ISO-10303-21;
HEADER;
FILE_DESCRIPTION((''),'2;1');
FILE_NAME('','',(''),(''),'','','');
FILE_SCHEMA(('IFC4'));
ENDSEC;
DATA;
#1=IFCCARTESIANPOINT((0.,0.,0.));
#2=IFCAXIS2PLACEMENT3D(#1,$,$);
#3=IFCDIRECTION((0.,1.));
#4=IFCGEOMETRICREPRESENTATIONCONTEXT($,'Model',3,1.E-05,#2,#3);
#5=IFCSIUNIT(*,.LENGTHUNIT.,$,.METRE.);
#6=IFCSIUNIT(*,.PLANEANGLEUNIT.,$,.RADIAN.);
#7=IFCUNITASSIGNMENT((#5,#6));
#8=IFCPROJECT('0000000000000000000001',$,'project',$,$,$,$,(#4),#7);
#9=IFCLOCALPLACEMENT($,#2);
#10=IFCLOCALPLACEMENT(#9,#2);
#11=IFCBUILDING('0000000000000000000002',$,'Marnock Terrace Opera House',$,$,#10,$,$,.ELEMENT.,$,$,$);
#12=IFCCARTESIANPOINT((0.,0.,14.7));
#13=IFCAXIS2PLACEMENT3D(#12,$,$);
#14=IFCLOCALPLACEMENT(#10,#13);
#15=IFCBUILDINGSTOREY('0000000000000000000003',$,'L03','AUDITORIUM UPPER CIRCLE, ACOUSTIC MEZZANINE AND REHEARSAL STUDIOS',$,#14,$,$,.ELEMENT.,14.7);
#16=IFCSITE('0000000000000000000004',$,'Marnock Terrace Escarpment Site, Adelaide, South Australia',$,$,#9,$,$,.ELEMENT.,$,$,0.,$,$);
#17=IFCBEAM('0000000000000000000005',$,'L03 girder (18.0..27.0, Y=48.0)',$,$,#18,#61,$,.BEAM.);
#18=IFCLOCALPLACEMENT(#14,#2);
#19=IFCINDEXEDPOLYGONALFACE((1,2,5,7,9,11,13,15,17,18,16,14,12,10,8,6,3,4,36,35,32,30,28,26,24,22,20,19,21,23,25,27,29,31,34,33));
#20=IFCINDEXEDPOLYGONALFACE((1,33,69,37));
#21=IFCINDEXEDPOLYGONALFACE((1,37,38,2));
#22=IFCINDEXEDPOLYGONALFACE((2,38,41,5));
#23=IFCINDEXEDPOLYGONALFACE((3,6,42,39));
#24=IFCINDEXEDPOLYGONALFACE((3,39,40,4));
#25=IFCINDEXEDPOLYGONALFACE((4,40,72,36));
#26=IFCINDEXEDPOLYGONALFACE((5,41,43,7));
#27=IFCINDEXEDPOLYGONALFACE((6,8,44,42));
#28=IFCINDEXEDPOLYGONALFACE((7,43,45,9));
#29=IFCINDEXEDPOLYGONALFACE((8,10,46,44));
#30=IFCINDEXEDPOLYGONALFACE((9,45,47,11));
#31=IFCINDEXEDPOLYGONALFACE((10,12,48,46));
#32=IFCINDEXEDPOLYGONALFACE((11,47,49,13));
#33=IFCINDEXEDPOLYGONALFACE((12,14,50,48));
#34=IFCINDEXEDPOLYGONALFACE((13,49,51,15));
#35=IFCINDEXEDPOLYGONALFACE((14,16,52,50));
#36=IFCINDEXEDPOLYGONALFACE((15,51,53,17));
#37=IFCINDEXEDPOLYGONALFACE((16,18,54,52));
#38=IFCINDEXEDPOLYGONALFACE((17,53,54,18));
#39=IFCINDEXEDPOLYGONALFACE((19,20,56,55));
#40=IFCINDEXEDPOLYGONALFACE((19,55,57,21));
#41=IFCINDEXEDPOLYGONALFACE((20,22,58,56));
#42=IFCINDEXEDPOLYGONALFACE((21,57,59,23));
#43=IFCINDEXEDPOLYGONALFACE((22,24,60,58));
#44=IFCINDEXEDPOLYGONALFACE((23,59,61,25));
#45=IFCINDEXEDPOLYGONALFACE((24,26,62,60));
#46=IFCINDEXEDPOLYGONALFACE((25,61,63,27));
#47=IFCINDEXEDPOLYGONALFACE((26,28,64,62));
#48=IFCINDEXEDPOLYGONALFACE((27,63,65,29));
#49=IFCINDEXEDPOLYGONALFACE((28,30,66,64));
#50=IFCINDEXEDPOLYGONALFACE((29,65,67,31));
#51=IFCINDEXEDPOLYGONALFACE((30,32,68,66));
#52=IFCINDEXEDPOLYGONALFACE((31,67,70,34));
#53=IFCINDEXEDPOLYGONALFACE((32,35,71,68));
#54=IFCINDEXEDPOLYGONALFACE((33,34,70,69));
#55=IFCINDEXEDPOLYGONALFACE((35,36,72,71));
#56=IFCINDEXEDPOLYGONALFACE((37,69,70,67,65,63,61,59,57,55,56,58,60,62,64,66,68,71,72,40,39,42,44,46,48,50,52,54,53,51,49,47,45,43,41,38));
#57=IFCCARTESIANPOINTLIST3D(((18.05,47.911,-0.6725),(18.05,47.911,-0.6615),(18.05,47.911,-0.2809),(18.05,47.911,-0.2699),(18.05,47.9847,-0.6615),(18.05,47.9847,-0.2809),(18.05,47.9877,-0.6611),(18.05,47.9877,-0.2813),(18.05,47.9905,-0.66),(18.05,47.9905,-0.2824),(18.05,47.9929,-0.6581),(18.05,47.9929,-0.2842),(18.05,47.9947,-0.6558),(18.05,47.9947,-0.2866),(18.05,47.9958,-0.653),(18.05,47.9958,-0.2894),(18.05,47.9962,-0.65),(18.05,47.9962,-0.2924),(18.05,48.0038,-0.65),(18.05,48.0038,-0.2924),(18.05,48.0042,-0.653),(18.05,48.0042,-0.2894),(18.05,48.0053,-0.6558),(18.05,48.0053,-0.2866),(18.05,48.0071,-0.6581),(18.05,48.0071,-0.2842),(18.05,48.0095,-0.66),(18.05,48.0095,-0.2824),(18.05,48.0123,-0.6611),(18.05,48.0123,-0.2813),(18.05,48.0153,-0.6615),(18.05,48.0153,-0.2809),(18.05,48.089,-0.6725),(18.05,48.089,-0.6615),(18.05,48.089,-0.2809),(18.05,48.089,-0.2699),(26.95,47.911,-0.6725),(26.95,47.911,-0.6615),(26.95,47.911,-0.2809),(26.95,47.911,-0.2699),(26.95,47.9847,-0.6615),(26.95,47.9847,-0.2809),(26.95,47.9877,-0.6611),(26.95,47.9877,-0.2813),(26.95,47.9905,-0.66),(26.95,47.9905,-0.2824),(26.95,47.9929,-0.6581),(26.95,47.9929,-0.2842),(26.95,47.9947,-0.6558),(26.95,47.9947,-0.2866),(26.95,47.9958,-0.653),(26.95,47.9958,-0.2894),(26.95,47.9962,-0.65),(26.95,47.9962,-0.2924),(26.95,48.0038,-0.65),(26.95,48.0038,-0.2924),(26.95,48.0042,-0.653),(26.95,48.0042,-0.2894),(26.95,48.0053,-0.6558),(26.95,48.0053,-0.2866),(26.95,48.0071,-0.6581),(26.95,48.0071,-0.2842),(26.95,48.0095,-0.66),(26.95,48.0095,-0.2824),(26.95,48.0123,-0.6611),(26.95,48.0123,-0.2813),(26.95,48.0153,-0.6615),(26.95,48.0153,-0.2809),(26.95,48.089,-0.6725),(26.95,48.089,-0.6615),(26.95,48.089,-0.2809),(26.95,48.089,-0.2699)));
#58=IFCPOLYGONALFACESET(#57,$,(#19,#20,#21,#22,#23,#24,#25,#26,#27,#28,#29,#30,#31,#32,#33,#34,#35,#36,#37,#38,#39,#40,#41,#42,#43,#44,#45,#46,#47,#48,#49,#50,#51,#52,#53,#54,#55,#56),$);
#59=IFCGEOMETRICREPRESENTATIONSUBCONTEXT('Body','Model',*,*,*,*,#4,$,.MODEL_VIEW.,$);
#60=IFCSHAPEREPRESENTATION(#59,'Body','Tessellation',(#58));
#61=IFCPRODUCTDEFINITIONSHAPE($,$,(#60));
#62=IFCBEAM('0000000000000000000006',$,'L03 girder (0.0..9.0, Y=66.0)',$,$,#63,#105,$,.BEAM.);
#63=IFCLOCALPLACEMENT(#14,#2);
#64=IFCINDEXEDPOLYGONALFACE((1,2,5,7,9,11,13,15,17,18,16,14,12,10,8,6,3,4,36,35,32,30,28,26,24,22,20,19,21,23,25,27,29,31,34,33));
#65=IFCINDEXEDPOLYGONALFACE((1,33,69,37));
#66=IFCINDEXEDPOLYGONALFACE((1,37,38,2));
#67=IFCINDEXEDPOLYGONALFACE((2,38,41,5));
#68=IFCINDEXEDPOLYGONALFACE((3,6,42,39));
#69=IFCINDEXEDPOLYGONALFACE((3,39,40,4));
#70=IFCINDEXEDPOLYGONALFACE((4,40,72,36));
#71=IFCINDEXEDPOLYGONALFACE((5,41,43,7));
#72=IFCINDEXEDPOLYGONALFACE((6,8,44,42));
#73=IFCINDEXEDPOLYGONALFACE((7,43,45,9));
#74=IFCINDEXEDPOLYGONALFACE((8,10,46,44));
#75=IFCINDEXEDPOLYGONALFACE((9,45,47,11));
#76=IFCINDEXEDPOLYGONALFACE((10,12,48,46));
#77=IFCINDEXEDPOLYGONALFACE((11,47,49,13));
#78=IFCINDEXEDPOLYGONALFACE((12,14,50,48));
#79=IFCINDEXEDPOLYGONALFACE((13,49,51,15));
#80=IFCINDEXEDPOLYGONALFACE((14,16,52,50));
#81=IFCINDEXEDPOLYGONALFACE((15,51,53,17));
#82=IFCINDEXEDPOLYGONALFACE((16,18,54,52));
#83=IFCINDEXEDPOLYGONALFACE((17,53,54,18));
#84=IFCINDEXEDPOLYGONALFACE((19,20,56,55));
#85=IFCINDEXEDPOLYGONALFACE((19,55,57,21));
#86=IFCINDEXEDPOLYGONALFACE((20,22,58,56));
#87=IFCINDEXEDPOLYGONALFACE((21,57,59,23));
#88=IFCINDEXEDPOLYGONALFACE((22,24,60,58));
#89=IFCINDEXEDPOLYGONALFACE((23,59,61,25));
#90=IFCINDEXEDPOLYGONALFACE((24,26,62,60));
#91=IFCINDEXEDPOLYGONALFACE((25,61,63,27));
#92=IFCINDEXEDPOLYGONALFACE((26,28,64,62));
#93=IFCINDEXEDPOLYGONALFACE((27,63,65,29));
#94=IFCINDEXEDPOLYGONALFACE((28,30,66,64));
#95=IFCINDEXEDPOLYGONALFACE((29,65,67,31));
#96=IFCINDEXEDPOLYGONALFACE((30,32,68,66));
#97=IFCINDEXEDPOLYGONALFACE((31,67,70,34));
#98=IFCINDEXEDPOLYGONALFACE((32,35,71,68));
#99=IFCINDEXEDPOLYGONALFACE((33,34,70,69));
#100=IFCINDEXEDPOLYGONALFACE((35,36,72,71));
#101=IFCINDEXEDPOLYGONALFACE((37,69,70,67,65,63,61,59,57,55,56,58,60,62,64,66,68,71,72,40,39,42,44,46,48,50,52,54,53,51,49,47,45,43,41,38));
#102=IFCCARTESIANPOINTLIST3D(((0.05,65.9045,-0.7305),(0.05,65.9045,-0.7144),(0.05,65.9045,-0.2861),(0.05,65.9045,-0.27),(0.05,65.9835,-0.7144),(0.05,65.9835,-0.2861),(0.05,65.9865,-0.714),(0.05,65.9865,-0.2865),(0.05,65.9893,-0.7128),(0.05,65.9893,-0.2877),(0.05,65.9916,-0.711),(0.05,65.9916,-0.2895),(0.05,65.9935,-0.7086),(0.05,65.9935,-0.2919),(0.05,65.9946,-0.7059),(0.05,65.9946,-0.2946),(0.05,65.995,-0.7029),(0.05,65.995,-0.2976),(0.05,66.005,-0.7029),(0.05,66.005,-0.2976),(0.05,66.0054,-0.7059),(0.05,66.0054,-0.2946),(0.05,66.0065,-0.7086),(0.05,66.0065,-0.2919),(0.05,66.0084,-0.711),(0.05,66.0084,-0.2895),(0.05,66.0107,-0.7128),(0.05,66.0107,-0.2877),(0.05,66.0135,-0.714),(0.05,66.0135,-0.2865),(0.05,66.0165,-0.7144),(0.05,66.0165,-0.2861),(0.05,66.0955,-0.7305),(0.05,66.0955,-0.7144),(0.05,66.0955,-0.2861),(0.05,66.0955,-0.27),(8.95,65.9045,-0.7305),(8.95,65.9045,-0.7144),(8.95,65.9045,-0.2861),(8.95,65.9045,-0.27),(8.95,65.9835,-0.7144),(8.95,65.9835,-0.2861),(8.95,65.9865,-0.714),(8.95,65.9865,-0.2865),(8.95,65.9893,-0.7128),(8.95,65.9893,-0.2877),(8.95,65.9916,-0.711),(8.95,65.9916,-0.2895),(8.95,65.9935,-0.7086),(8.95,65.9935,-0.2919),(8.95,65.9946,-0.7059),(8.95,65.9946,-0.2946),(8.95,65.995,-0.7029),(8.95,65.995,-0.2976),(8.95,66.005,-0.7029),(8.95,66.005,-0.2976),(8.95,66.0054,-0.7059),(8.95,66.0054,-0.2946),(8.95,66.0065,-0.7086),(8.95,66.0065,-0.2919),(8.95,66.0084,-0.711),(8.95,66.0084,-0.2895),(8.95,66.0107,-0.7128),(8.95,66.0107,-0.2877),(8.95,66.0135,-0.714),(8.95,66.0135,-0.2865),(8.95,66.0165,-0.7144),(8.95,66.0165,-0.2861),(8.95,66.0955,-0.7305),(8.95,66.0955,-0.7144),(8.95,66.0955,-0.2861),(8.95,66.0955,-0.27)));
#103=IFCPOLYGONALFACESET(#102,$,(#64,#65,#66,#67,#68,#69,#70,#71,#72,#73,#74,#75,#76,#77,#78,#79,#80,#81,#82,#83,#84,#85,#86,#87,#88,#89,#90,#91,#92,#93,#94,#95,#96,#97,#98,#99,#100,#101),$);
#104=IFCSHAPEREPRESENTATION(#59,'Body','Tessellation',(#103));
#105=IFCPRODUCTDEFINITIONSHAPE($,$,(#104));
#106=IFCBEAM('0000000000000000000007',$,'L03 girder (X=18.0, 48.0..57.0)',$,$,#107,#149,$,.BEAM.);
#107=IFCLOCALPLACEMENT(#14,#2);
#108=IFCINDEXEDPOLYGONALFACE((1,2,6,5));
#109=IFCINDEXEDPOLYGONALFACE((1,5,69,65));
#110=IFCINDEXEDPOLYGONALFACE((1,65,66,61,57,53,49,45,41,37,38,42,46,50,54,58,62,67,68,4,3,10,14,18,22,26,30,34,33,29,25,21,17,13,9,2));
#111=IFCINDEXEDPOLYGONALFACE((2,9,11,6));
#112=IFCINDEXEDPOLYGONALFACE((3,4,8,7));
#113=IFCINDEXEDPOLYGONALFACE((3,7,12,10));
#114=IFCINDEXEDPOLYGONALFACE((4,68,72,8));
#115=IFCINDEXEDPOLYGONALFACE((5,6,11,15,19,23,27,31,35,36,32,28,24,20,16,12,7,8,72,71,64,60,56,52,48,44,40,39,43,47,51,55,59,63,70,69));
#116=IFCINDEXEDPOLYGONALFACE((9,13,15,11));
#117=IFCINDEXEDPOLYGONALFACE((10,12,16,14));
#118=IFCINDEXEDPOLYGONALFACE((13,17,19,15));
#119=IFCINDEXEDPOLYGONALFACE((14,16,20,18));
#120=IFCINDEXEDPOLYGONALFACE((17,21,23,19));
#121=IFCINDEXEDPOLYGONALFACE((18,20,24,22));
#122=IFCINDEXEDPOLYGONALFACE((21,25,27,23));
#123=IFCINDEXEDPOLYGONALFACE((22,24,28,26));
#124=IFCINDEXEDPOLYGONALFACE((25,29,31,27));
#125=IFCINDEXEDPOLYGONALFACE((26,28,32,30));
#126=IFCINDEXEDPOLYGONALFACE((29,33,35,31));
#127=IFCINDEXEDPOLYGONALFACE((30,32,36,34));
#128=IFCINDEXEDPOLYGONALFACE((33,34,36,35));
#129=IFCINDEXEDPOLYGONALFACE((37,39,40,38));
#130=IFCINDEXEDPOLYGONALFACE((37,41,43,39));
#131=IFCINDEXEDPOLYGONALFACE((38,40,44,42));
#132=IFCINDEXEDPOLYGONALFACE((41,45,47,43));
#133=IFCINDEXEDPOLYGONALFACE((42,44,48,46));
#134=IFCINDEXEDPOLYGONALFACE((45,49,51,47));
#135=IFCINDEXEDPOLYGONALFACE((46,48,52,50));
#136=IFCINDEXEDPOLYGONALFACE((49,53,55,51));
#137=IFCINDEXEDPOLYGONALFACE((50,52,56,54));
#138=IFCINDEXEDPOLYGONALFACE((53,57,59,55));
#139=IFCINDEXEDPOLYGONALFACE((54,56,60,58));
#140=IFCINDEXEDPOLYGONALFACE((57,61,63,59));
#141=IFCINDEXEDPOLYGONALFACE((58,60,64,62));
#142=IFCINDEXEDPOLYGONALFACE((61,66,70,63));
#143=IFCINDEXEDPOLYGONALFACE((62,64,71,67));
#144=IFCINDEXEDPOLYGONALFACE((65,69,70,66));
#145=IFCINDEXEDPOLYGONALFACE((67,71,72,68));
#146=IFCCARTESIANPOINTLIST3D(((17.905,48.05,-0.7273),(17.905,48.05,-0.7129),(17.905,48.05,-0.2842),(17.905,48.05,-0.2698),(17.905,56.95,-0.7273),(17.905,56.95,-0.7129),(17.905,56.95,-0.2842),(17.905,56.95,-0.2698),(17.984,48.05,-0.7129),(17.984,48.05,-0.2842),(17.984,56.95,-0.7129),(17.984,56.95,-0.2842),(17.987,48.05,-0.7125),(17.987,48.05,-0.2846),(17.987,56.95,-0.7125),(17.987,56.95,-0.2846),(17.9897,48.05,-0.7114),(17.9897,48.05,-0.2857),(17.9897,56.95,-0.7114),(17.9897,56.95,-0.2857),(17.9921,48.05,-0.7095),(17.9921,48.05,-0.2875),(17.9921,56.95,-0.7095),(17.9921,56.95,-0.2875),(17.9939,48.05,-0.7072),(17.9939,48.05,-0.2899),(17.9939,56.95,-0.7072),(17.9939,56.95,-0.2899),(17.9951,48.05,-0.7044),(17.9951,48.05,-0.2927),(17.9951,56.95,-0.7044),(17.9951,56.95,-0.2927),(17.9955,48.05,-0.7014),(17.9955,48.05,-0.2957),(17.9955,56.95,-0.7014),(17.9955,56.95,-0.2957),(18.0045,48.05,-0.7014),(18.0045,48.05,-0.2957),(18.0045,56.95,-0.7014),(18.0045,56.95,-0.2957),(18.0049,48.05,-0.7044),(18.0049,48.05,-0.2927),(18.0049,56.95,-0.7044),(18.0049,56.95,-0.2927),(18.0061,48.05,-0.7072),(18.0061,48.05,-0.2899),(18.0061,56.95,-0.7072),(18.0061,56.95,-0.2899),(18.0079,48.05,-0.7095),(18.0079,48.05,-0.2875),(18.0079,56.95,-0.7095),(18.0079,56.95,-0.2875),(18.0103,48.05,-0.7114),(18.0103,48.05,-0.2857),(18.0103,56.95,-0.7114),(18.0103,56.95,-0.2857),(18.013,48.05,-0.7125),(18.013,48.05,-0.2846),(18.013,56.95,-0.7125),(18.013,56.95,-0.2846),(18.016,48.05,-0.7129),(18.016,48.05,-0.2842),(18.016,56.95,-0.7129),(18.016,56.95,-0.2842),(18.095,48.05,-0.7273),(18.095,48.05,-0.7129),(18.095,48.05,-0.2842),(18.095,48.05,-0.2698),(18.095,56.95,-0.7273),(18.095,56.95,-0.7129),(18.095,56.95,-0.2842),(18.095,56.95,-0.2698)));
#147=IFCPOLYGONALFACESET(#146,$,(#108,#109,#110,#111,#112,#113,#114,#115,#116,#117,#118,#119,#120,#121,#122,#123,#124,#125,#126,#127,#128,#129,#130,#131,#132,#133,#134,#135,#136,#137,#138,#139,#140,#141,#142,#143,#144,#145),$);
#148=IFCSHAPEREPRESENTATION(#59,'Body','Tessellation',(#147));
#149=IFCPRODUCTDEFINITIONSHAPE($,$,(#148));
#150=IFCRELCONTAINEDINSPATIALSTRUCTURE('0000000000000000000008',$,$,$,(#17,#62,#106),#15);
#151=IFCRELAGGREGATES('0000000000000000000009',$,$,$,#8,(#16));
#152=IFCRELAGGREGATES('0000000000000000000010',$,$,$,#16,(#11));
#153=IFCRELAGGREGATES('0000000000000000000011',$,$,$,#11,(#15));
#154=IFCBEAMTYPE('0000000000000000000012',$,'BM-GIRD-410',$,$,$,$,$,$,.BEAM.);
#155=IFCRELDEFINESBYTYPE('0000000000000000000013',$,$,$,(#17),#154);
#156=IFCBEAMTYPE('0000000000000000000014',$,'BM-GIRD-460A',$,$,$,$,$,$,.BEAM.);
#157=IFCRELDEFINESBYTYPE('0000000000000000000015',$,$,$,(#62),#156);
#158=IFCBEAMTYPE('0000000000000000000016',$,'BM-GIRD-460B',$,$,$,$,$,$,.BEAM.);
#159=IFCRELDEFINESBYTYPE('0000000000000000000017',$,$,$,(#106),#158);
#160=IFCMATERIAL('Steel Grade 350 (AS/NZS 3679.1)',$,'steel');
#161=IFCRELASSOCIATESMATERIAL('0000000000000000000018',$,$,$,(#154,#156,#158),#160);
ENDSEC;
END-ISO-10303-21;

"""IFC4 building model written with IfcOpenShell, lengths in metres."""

from ifc_helpers import new_model, si_unit, direction, frame, origin, origin_2d, place, context, subcontext, project, spatial, i_section, extrude, material, material_profile, profile_set, type_object, element, save


model = new_model("IFC4")

# Units and contexts
model_context = context("Model", 3, precision=1e-05, world=origin(), true_north=direction((0.0, 1.0)))
body_context = subcontext(model_context, "Body", "Model", "MODEL_VIEW")
ifc_project = project(units=[si_unit("LENGTHUNIT", "METRE"), si_unit("PLANEANGLEUNIT", "RADIAN")], contexts=[model_context])

# Site, building, storey
site_placement = place(None, origin())
site = spatial("IfcSite", under=ifc_project, at=site_placement, Name="Marnock Terrace Escarpment Site, Adelaide, South Australia", CompositionType="ELEMENT", RefElevation=0.0)
building_placement = place(site_placement, origin())
building = spatial("IfcBuilding", under=site, at=building_placement, Name="Marnock Terrace Opera House", CompositionType="ELEMENT")
storey_placement = place(building_placement, frame((0.0, 0.0, 14.7)))
storey = spatial("IfcBuildingStorey", under=building, at=storey_placement, Name="L03", Description="AUDITORIUM UPPER CIRCLE, ACOUSTIC MEZZANINE AND REHEARSAL STUDIOS", CompositionType="ELEMENT", Elevation=14.7)

# Shared definitions
ifc_material_1 = material(Name="Steel Grade 350 (AS/NZS 3679.1)", Category="steel")

# Beams
ifc_material_profile_1 = material_profile(ifc_material_1, i_section(OverallWidth=0.178, OverallDepth=0.4026, WebThickness=0.0076, FlangeThickness=0.011, FilletRadius=0.0115, at=origin_2d()))
ifc_profile_set_1 = profile_set([ifc_material_profile_1], Name="Steel Grade 350 (AS/NZS 3679.1)")
beam_type_1 = type_object("IfcBeamType", Name="BM-GIRD-410", PredefinedType="BEAM", material=ifc_profile_set_1)
beam_1_placement = place(storey_placement, frame((18.05, 48.0, -0.4712), z_axis=(1.0, 0.0, 0.0), x_axis=(0.0, 1.0, 0.0)))
element("IfcBeam", 1, at=beam_1_placement, inside=storey, type_object=beam_type_1, Name="L03 girder (18.0..27.0, Y=48.0)", PredefinedType="BEAM", context=body_context, shape_type="SweptSolid", body=[
    extrude(i_section(OverallWidth=0.178, OverallDepth=0.4026, WebThickness=0.0076, FlangeThickness=0.011, FilletRadius=0.0115, at=origin_2d()), origin(), (0.0, 0.0, 1.0), 8.8999),
])
ifc_material_profile_2 = material_profile(ifc_material_1, i_section(OverallWidth=0.1909, OverallDepth=0.4604, WebThickness=0.01, FlangeThickness=0.0161, FilletRadius=0.0115, at=origin_2d()))
ifc_profile_set_2 = profile_set([ifc_material_profile_2], Name="Steel Grade 350 (AS/NZS 3679.1)")
beam_type_2 = type_object("IfcBeamType", Name="BM-GIRD-460A", PredefinedType="BEAM", material=ifc_profile_set_2)
beam_2_placement = place(storey_placement, frame((0.05, 66.0, -0.5002), z_axis=(1.0, 0.0, 0.0), x_axis=(0.0, 1.0, 0.0)))
element("IfcBeam", 2, at=beam_2_placement, inside=storey, type_object=beam_type_2, Name="L03 girder (0.0..9.0, Y=66.0)", PredefinedType="BEAM", context=body_context, shape_type="SweptSolid", body=[
    extrude(i_section(OverallWidth=0.1909, OverallDepth=0.4604, WebThickness=0.01, FlangeThickness=0.0161, FilletRadius=0.0115, at=origin_2d()), origin(), (0.0, 0.0, 1.0), 8.8999),
])
ifc_material_profile_3 = material_profile(ifc_material_1, i_section(OverallWidth=0.1899, OverallDepth=0.4575, WebThickness=0.009, FlangeThickness=0.0144, FilletRadius=0.0115, at=origin_2d()))
ifc_profile_set_3 = profile_set([ifc_material_profile_3], Name="Steel Grade 350 (AS/NZS 3679.1)")
beam_type_3 = type_object("IfcBeamType", Name="BM-GIRD-460B", PredefinedType="BEAM", material=ifc_profile_set_3)
beam_3_placement = place(storey_placement, frame((18.0, 48.05, -0.4985), z_axis=(0.0, 1.0, 0.0), x_axis=(-1.0, 0.0, 0.0)))
element("IfcBeam", 3, at=beam_3_placement, inside=storey, type_object=beam_type_3, Name="L03 girder (X=18.0, 48.0..57.0)", PredefinedType="BEAM", context=body_context, shape_type="SweptSolid", body=[
    extrude(i_section(OverallWidth=0.1899, OverallDepth=0.4575, WebThickness=0.009, FlangeThickness=0.0144, FilletRadius=0.0115, at=origin_2d()), origin(), (0.0, 0.0, 1.0), 8.8999),
])

save(model, "model.ifc")
